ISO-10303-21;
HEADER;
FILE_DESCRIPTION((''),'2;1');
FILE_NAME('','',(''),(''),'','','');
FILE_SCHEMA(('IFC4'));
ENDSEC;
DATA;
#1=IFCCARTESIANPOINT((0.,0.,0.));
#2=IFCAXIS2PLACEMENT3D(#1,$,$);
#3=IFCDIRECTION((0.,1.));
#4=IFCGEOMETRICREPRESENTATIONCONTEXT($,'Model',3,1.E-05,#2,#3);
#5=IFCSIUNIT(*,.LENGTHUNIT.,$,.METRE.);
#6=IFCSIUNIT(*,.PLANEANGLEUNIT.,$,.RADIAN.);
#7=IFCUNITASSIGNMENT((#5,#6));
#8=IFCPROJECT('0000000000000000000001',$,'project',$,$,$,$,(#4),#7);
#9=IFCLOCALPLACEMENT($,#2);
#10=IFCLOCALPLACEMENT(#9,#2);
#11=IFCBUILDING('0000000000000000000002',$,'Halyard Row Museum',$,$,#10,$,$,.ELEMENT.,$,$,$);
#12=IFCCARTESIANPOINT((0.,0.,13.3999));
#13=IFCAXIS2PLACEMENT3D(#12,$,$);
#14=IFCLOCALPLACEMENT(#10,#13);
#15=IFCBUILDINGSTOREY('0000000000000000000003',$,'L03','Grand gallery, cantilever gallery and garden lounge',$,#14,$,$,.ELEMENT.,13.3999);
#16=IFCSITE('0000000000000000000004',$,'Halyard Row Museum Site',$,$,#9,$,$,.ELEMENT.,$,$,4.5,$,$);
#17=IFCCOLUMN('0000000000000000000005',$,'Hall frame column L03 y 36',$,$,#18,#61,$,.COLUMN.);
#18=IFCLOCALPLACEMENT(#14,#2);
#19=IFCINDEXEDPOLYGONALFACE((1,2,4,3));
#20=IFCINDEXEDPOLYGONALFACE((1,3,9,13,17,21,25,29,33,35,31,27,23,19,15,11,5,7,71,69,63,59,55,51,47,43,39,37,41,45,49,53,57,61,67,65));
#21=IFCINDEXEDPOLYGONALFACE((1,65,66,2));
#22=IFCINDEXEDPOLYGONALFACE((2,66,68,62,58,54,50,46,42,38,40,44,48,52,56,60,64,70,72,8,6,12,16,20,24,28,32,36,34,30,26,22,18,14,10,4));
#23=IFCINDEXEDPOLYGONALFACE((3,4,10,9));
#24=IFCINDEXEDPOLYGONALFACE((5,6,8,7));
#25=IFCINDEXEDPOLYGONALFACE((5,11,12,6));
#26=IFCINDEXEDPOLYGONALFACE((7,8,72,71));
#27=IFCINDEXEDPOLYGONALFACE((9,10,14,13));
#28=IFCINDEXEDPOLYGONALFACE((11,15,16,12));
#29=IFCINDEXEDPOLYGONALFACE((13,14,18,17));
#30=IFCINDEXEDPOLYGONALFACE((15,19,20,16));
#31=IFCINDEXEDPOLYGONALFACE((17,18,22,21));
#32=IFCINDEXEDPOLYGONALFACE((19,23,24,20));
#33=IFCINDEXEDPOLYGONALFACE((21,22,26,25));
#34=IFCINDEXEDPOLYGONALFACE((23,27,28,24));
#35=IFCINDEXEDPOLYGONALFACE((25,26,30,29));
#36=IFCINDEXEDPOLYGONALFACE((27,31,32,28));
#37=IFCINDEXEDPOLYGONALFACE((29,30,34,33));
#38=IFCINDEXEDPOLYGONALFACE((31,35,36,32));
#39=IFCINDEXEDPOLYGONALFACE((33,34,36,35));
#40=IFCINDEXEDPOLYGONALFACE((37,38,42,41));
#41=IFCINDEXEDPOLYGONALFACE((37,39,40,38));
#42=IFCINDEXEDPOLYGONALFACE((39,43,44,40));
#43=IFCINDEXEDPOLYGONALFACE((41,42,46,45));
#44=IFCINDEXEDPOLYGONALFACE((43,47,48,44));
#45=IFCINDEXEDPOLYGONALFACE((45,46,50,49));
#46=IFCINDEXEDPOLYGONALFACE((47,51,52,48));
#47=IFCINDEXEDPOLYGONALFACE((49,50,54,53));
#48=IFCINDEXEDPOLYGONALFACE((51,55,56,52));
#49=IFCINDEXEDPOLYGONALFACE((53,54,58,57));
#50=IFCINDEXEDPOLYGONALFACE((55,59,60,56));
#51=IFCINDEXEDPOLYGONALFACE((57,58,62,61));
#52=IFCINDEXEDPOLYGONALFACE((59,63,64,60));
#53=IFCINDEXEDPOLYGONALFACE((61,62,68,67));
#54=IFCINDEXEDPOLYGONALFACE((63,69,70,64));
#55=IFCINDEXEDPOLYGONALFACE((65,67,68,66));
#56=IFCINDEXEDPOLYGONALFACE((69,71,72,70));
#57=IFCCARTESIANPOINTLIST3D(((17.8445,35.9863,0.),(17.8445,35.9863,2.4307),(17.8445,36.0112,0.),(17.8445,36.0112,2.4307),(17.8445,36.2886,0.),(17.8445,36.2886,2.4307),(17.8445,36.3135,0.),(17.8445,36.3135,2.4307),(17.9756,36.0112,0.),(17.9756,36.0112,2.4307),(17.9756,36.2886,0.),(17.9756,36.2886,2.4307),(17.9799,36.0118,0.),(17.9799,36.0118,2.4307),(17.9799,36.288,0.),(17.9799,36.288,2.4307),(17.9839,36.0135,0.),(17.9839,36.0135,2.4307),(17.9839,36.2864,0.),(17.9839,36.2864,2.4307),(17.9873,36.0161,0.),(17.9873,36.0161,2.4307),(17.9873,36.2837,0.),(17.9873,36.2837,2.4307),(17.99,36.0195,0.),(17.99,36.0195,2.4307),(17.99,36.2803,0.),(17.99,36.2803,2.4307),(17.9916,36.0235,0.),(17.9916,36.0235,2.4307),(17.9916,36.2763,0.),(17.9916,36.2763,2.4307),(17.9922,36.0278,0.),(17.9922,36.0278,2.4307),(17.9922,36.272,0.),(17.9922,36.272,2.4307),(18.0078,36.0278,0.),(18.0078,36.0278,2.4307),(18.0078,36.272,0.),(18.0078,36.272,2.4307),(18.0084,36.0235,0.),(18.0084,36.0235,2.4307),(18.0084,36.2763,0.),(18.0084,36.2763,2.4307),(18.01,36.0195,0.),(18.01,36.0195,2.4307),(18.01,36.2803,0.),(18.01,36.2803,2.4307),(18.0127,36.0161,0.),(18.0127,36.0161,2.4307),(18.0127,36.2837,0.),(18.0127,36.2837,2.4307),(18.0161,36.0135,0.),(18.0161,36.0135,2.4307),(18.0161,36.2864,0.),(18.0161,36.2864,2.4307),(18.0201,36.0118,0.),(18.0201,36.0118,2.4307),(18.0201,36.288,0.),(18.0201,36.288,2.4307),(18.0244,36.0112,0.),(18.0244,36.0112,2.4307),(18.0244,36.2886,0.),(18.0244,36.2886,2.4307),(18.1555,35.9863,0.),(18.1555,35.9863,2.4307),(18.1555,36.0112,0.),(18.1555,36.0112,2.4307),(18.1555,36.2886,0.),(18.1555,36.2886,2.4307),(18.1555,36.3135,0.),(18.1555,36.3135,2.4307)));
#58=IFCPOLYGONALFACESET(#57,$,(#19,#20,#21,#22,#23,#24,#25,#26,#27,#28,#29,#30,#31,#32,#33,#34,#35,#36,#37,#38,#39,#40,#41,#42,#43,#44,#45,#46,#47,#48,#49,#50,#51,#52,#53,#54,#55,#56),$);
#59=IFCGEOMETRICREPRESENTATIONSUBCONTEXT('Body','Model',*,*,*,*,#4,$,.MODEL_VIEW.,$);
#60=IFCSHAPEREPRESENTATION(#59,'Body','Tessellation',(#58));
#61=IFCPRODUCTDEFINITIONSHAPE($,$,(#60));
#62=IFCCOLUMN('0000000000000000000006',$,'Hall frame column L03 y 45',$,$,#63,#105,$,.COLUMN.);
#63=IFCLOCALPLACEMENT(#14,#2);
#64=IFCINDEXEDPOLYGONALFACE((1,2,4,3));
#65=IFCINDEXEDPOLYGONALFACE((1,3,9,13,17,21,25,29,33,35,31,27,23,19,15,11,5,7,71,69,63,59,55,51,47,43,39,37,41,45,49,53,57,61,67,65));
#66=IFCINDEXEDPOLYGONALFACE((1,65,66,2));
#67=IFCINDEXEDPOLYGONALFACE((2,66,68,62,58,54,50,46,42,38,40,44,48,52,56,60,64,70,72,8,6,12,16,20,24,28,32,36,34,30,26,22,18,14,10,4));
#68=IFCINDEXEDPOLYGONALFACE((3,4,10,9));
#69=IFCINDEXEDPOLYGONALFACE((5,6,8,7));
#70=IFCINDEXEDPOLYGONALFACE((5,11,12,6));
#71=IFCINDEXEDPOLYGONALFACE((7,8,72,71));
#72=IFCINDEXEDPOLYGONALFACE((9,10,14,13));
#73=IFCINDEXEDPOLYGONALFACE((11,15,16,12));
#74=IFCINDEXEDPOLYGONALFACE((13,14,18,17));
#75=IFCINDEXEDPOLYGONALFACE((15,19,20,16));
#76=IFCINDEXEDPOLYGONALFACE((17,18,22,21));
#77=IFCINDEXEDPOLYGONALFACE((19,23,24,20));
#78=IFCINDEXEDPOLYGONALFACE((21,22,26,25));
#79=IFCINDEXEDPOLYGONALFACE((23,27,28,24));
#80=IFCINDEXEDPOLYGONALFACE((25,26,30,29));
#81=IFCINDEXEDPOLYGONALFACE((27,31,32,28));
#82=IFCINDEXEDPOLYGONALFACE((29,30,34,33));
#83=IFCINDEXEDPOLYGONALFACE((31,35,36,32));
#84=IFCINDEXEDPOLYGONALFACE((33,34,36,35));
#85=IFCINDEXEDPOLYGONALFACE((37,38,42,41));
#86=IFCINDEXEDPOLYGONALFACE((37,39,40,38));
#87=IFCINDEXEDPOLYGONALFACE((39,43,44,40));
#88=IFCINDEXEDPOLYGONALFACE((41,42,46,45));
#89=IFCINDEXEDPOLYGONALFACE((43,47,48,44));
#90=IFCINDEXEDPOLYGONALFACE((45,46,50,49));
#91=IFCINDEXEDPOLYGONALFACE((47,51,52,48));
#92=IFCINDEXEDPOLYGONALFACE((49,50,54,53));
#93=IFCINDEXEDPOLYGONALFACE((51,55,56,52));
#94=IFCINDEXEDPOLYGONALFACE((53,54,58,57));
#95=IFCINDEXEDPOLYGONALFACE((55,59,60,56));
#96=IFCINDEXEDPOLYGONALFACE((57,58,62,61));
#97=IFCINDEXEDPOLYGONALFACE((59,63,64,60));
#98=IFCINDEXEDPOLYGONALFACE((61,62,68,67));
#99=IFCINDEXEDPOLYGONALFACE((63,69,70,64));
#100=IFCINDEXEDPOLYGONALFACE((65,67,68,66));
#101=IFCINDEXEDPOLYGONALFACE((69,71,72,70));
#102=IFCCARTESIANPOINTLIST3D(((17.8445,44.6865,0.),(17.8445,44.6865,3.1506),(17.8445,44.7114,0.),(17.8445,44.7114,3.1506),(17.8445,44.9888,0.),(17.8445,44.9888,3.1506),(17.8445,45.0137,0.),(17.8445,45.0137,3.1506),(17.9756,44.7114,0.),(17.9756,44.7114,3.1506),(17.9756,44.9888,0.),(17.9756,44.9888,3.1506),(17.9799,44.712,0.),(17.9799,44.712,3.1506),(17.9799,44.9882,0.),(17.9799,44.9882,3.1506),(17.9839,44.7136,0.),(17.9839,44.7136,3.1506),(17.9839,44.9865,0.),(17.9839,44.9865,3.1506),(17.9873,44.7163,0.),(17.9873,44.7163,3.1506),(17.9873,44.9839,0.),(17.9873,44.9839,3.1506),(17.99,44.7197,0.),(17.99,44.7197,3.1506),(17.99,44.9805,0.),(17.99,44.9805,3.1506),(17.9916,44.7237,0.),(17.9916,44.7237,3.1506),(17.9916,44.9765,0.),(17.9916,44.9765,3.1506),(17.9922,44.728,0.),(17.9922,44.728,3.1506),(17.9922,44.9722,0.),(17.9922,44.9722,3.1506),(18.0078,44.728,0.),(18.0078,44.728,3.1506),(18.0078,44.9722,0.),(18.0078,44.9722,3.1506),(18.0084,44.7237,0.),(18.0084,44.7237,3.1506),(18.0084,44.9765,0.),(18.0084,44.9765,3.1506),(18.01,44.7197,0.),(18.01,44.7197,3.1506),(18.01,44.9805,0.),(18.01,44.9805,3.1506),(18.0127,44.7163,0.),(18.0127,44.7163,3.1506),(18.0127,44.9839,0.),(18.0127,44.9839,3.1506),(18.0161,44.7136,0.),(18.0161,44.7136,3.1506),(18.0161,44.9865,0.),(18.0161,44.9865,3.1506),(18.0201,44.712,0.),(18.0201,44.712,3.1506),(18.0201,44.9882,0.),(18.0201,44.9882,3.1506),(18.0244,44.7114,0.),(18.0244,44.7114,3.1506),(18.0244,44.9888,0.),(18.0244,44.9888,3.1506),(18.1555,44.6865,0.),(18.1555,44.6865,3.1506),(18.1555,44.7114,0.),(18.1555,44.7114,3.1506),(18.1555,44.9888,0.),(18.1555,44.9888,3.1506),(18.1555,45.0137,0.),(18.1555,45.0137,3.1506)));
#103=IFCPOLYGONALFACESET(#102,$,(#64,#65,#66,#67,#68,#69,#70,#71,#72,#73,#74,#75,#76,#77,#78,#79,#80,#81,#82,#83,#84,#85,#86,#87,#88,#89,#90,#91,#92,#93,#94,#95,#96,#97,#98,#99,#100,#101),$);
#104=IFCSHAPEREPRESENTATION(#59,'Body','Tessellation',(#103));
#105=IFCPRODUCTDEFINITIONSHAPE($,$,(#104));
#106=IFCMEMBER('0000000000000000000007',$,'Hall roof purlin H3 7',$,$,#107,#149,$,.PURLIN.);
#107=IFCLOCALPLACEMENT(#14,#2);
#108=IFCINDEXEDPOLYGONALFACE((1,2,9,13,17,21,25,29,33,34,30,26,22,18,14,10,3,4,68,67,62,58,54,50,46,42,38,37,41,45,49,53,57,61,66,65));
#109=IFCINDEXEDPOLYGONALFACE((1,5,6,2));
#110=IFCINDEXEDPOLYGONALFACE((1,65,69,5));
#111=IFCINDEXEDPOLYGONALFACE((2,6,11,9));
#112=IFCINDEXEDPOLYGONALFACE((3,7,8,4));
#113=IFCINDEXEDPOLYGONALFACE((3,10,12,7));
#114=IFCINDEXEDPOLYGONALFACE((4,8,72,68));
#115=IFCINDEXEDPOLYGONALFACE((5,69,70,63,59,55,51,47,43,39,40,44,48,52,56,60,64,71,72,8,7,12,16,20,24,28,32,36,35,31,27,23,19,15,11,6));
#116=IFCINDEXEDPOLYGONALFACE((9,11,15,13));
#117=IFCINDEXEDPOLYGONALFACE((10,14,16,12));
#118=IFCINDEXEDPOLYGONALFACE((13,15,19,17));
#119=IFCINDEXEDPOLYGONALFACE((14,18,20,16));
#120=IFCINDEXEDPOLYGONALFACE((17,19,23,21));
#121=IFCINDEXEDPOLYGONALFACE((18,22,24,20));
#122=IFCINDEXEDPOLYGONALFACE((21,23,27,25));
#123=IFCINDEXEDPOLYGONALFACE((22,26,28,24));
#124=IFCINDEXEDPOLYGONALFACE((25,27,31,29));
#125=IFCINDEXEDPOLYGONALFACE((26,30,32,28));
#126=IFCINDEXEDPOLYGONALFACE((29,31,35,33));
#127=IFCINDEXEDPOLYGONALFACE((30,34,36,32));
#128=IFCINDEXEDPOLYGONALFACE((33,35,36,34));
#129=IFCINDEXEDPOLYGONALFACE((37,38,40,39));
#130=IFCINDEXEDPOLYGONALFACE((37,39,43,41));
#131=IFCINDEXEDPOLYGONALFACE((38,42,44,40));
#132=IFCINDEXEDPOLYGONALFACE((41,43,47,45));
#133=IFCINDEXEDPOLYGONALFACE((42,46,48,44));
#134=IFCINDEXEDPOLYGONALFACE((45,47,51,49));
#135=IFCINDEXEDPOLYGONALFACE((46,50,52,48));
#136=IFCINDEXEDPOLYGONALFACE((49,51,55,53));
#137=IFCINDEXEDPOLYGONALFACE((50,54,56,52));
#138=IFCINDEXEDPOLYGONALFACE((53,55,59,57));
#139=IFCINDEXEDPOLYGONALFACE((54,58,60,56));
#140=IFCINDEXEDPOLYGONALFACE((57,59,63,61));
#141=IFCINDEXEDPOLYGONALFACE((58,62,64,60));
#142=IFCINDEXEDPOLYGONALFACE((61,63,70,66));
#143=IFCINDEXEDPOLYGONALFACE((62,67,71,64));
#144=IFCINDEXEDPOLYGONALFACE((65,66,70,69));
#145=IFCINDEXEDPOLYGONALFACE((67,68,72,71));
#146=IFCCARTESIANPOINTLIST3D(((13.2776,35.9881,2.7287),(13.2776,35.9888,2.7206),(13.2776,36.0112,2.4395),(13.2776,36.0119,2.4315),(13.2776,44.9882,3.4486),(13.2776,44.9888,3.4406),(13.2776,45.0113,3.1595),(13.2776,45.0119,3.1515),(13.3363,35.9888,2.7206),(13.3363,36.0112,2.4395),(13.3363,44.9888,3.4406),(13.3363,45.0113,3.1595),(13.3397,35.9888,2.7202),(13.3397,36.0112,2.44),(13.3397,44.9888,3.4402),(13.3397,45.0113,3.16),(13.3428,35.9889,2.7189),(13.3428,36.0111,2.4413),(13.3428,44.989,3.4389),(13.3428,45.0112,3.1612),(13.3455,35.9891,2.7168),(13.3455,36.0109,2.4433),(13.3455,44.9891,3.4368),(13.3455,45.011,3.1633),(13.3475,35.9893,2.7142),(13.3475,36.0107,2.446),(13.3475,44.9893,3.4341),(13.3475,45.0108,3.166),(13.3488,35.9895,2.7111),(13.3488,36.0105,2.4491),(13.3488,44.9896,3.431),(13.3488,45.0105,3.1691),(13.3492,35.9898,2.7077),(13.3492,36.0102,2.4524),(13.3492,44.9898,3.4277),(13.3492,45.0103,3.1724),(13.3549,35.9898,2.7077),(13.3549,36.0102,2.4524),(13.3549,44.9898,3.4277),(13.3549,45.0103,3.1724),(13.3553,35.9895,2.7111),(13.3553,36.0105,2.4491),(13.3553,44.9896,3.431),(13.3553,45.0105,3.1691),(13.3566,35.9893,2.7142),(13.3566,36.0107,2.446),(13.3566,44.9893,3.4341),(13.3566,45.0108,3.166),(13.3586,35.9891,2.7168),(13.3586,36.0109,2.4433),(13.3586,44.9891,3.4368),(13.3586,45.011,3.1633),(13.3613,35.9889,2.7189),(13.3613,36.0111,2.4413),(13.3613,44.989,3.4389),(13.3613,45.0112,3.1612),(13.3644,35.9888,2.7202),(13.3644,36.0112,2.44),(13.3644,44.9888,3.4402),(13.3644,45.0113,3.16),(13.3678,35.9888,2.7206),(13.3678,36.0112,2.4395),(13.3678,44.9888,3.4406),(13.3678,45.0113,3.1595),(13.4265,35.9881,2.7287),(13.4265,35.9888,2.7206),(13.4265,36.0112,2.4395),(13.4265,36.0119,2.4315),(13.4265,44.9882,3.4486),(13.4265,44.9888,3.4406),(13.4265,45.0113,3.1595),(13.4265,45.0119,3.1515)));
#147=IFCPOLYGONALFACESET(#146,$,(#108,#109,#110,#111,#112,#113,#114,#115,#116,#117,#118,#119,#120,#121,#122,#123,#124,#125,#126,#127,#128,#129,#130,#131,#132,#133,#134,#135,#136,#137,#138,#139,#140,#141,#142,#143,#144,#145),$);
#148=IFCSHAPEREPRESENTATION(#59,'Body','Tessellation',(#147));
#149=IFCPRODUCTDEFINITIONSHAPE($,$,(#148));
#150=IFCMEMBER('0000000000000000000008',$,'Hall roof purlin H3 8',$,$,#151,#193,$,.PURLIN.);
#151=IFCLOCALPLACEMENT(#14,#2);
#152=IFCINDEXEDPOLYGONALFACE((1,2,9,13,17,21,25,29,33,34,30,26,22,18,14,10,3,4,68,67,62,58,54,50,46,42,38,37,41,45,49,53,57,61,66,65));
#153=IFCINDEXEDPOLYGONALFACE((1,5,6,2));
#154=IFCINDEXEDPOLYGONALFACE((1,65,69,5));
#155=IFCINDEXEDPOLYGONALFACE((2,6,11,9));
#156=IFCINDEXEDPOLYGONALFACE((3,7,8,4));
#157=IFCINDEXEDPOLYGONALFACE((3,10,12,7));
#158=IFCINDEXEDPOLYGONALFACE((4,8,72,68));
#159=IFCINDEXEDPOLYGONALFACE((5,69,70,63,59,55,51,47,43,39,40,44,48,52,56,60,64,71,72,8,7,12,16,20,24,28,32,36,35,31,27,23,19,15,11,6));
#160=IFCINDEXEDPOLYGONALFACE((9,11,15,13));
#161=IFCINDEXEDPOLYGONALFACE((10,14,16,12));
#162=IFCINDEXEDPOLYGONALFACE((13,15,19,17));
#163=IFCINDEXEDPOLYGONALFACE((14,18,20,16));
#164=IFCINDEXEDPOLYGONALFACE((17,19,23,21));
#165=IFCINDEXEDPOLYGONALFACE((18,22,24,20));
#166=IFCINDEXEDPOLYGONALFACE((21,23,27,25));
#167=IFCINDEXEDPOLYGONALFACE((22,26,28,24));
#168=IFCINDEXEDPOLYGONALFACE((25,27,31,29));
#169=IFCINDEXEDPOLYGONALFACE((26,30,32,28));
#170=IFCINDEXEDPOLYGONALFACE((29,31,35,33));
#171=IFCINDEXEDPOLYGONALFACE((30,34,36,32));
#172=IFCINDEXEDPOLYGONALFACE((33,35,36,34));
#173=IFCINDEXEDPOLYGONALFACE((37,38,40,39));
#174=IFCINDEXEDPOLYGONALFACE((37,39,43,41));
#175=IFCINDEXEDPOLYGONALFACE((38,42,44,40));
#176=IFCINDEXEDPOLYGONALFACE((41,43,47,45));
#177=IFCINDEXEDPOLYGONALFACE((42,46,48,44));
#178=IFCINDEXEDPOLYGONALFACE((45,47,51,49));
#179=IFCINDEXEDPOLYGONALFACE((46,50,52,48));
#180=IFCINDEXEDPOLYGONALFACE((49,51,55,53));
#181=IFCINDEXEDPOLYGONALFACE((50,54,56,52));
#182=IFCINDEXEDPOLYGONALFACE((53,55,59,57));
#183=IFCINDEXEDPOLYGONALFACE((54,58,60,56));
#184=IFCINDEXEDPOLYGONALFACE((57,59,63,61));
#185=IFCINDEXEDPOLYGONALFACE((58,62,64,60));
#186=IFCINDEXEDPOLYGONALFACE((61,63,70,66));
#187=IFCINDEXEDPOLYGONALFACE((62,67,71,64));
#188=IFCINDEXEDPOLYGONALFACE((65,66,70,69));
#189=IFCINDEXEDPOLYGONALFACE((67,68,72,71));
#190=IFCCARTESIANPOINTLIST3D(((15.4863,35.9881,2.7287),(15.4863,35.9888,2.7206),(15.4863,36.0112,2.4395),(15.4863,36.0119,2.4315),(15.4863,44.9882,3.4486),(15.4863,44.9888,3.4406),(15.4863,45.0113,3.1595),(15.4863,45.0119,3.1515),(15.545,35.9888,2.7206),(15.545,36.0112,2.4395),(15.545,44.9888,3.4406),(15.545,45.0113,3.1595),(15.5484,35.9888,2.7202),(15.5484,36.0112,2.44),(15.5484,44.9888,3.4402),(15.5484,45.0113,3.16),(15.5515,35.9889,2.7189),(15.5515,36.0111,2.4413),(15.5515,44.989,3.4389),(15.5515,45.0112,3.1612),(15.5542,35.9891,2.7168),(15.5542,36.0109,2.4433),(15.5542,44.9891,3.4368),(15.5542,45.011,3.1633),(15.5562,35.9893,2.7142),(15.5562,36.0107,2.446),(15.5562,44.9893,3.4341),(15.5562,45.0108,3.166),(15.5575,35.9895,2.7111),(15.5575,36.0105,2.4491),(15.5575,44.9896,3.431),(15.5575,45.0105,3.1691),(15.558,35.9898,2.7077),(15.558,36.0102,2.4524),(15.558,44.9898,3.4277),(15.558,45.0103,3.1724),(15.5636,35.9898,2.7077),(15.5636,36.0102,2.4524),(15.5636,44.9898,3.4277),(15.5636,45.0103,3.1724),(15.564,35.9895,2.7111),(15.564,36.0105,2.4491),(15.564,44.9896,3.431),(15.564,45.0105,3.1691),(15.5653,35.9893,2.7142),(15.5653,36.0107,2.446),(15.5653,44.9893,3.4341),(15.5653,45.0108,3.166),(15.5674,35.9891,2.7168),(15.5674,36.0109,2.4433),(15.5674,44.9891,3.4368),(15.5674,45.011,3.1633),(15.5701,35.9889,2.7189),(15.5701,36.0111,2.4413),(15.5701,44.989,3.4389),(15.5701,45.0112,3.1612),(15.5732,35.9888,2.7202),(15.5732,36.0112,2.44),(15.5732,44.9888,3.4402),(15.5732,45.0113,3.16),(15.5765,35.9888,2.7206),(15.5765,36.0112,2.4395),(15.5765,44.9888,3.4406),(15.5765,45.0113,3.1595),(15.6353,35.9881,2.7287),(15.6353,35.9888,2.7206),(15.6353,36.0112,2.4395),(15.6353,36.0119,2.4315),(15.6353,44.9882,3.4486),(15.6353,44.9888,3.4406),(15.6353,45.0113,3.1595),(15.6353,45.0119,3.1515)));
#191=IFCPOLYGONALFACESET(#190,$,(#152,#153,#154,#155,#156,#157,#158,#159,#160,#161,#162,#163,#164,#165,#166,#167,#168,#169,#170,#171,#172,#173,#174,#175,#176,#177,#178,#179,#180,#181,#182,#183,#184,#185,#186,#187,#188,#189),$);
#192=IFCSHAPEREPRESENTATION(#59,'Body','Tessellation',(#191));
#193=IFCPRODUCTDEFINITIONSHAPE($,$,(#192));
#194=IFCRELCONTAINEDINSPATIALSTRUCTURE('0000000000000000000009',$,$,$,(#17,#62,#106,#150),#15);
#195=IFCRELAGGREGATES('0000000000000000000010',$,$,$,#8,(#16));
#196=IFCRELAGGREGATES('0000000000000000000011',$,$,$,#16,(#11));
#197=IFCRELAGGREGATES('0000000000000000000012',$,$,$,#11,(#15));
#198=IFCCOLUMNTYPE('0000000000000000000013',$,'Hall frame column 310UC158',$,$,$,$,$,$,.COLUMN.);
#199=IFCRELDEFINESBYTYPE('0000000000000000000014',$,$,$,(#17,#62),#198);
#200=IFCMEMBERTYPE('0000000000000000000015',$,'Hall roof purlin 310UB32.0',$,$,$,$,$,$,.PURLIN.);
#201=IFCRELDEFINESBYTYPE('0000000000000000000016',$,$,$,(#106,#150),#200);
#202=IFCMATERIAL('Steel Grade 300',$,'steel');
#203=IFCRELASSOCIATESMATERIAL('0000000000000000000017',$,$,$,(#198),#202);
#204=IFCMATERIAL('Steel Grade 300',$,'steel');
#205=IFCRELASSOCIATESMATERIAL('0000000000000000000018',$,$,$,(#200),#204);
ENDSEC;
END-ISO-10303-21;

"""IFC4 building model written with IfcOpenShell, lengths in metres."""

from ifc_helpers import new_model, si_unit, direction, frame, origin, origin_2d, place, context, subcontext, project, spatial, i_section, extrude, material, material_profile, profile_set, type_object, element, save


model = new_model("IFC4")

# Units and contexts
model_context = context("Model", 3, precision=1e-05, world=origin(), true_north=direction((0.0, 1.0)))
body_context = subcontext(model_context, "Body", "Model", "MODEL_VIEW")
ifc_project = project(units=[si_unit("LENGTHUNIT", "METRE"), si_unit("PLANEANGLEUNIT", "RADIAN")], contexts=[model_context])

# Site, building, storey
site_placement = place(None, origin())
site = spatial("IfcSite", under=ifc_project, at=site_placement, Name="Halyard Row Museum Site", CompositionType="ELEMENT", RefElevation=4.5)
building_placement = place(site_placement, origin())
building = spatial("IfcBuilding", under=site, at=building_placement, Name="Halyard Row Museum", CompositionType="ELEMENT")
storey_placement = place(building_placement, frame((0.0, 0.0, 13.3999)))
storey = spatial("IfcBuildingStorey", under=building, at=storey_placement, Name="L03", Description="Grand gallery, cantilever gallery and garden lounge", CompositionType="ELEMENT", Elevation=13.3999)

# Columns
ifc_material_1 = material(Name="Steel Grade 300", Category="steel")
ifc_material_profile_1 = material_profile(ifc_material_1, i_section(OverallWidth=0.311, OverallDepth=0.3271, WebThickness=0.0156, FlangeThickness=0.0249, FilletRadius=0.0166, at=origin_2d()), Name="310UC158")
ifc_profile_set_1 = profile_set([ifc_material_profile_1], Name="Steel Grade 300")
column_type = type_object("IfcColumnType", Name="Hall frame column 310UC158", PredefinedType="COLUMN", material=ifc_profile_set_1)
column_1_placement = place(storey_placement, frame((18.0, 36.1499, 0.0), z_axis=(0.0, 0.0, 1.0), x_axis=(1.0, 0.0, 0.0)))
element("IfcColumn", 1, at=column_1_placement, inside=storey, type_object=column_type, Name="Hall frame column L03 y 36", PredefinedType="COLUMN", context=body_context, shape_type="SweptSolid", body=[
    extrude(i_section(OverallWidth=0.311, OverallDepth=0.3271, WebThickness=0.0156, FlangeThickness=0.0249, FilletRadius=0.0166, at=origin_2d()), origin(), (0.0, 0.0, 1.0), 2.4307),
])
column_2_placement = place(storey_placement, frame((18.0, 44.8501, 0.0), z_axis=(0.0, 0.0, 1.0), x_axis=(1.0, 0.0, 0.0)))
element("IfcColumn", 2, at=column_2_placement, inside=storey, type_object=column_type, Name="Hall frame column L03 y 45", PredefinedType="COLUMN", context=body_context, shape_type="SweptSolid", body=[
    extrude(i_section(OverallWidth=0.311, OverallDepth=0.3271, WebThickness=0.0156, FlangeThickness=0.0249, FilletRadius=0.0166, at=origin_2d()), origin(), (0.0, 0.0, 1.0), 3.1506),
])

# Members
ifc_material_2 = material(Name="Steel Grade 300", Category="steel")
ifc_material_profile_2 = material_profile(ifc_material_2, i_section(OverallWidth=0.1489, OverallDepth=0.2981, WebThickness=0.0056, FlangeThickness=0.0081, FilletRadius=0.0129, at=origin_2d()), Name="310UB32.0")
ifc_profile_set_2 = profile_set([ifc_material_profile_2], Name="Steel Grade 300")
member_type_1 = type_object("IfcMemberType", Name="Hall roof purlin 310UB32.0", PredefinedType="PURLIN", material=ifc_profile_set_2)
for number, where, z_axis, x_axis, name in (
    (3, (13.3521, 36.0, 2.5801), (0.0, 0.996816, 0.079742), (-1.0, 0.0, 0.0), "Hall roof purlin H3 7"),
    (4, (15.5608, 36.0, 2.5801), (0.0, 0.996816, 0.079742), (-1.0, 0.0, 0.0), "Hall roof purlin H3 8"),
):
    element("IfcMember", number, at=place(storey_placement, frame(where, z_axis=z_axis, x_axis=x_axis)), inside=storey, type_object=member_type_1, Name=name, PredefinedType="PURLIN", context=body_context, shape_type="SweptSolid", body=[
        extrude(i_section(OverallWidth=0.1489, OverallDepth=0.2981, WebThickness=0.0056, FlangeThickness=0.0081, FilletRadius=0.0129, at=origin_2d()), origin(), (0.0, 0.0, 1.0), 9.0288),
    ])

save(model, "model.ifc")
